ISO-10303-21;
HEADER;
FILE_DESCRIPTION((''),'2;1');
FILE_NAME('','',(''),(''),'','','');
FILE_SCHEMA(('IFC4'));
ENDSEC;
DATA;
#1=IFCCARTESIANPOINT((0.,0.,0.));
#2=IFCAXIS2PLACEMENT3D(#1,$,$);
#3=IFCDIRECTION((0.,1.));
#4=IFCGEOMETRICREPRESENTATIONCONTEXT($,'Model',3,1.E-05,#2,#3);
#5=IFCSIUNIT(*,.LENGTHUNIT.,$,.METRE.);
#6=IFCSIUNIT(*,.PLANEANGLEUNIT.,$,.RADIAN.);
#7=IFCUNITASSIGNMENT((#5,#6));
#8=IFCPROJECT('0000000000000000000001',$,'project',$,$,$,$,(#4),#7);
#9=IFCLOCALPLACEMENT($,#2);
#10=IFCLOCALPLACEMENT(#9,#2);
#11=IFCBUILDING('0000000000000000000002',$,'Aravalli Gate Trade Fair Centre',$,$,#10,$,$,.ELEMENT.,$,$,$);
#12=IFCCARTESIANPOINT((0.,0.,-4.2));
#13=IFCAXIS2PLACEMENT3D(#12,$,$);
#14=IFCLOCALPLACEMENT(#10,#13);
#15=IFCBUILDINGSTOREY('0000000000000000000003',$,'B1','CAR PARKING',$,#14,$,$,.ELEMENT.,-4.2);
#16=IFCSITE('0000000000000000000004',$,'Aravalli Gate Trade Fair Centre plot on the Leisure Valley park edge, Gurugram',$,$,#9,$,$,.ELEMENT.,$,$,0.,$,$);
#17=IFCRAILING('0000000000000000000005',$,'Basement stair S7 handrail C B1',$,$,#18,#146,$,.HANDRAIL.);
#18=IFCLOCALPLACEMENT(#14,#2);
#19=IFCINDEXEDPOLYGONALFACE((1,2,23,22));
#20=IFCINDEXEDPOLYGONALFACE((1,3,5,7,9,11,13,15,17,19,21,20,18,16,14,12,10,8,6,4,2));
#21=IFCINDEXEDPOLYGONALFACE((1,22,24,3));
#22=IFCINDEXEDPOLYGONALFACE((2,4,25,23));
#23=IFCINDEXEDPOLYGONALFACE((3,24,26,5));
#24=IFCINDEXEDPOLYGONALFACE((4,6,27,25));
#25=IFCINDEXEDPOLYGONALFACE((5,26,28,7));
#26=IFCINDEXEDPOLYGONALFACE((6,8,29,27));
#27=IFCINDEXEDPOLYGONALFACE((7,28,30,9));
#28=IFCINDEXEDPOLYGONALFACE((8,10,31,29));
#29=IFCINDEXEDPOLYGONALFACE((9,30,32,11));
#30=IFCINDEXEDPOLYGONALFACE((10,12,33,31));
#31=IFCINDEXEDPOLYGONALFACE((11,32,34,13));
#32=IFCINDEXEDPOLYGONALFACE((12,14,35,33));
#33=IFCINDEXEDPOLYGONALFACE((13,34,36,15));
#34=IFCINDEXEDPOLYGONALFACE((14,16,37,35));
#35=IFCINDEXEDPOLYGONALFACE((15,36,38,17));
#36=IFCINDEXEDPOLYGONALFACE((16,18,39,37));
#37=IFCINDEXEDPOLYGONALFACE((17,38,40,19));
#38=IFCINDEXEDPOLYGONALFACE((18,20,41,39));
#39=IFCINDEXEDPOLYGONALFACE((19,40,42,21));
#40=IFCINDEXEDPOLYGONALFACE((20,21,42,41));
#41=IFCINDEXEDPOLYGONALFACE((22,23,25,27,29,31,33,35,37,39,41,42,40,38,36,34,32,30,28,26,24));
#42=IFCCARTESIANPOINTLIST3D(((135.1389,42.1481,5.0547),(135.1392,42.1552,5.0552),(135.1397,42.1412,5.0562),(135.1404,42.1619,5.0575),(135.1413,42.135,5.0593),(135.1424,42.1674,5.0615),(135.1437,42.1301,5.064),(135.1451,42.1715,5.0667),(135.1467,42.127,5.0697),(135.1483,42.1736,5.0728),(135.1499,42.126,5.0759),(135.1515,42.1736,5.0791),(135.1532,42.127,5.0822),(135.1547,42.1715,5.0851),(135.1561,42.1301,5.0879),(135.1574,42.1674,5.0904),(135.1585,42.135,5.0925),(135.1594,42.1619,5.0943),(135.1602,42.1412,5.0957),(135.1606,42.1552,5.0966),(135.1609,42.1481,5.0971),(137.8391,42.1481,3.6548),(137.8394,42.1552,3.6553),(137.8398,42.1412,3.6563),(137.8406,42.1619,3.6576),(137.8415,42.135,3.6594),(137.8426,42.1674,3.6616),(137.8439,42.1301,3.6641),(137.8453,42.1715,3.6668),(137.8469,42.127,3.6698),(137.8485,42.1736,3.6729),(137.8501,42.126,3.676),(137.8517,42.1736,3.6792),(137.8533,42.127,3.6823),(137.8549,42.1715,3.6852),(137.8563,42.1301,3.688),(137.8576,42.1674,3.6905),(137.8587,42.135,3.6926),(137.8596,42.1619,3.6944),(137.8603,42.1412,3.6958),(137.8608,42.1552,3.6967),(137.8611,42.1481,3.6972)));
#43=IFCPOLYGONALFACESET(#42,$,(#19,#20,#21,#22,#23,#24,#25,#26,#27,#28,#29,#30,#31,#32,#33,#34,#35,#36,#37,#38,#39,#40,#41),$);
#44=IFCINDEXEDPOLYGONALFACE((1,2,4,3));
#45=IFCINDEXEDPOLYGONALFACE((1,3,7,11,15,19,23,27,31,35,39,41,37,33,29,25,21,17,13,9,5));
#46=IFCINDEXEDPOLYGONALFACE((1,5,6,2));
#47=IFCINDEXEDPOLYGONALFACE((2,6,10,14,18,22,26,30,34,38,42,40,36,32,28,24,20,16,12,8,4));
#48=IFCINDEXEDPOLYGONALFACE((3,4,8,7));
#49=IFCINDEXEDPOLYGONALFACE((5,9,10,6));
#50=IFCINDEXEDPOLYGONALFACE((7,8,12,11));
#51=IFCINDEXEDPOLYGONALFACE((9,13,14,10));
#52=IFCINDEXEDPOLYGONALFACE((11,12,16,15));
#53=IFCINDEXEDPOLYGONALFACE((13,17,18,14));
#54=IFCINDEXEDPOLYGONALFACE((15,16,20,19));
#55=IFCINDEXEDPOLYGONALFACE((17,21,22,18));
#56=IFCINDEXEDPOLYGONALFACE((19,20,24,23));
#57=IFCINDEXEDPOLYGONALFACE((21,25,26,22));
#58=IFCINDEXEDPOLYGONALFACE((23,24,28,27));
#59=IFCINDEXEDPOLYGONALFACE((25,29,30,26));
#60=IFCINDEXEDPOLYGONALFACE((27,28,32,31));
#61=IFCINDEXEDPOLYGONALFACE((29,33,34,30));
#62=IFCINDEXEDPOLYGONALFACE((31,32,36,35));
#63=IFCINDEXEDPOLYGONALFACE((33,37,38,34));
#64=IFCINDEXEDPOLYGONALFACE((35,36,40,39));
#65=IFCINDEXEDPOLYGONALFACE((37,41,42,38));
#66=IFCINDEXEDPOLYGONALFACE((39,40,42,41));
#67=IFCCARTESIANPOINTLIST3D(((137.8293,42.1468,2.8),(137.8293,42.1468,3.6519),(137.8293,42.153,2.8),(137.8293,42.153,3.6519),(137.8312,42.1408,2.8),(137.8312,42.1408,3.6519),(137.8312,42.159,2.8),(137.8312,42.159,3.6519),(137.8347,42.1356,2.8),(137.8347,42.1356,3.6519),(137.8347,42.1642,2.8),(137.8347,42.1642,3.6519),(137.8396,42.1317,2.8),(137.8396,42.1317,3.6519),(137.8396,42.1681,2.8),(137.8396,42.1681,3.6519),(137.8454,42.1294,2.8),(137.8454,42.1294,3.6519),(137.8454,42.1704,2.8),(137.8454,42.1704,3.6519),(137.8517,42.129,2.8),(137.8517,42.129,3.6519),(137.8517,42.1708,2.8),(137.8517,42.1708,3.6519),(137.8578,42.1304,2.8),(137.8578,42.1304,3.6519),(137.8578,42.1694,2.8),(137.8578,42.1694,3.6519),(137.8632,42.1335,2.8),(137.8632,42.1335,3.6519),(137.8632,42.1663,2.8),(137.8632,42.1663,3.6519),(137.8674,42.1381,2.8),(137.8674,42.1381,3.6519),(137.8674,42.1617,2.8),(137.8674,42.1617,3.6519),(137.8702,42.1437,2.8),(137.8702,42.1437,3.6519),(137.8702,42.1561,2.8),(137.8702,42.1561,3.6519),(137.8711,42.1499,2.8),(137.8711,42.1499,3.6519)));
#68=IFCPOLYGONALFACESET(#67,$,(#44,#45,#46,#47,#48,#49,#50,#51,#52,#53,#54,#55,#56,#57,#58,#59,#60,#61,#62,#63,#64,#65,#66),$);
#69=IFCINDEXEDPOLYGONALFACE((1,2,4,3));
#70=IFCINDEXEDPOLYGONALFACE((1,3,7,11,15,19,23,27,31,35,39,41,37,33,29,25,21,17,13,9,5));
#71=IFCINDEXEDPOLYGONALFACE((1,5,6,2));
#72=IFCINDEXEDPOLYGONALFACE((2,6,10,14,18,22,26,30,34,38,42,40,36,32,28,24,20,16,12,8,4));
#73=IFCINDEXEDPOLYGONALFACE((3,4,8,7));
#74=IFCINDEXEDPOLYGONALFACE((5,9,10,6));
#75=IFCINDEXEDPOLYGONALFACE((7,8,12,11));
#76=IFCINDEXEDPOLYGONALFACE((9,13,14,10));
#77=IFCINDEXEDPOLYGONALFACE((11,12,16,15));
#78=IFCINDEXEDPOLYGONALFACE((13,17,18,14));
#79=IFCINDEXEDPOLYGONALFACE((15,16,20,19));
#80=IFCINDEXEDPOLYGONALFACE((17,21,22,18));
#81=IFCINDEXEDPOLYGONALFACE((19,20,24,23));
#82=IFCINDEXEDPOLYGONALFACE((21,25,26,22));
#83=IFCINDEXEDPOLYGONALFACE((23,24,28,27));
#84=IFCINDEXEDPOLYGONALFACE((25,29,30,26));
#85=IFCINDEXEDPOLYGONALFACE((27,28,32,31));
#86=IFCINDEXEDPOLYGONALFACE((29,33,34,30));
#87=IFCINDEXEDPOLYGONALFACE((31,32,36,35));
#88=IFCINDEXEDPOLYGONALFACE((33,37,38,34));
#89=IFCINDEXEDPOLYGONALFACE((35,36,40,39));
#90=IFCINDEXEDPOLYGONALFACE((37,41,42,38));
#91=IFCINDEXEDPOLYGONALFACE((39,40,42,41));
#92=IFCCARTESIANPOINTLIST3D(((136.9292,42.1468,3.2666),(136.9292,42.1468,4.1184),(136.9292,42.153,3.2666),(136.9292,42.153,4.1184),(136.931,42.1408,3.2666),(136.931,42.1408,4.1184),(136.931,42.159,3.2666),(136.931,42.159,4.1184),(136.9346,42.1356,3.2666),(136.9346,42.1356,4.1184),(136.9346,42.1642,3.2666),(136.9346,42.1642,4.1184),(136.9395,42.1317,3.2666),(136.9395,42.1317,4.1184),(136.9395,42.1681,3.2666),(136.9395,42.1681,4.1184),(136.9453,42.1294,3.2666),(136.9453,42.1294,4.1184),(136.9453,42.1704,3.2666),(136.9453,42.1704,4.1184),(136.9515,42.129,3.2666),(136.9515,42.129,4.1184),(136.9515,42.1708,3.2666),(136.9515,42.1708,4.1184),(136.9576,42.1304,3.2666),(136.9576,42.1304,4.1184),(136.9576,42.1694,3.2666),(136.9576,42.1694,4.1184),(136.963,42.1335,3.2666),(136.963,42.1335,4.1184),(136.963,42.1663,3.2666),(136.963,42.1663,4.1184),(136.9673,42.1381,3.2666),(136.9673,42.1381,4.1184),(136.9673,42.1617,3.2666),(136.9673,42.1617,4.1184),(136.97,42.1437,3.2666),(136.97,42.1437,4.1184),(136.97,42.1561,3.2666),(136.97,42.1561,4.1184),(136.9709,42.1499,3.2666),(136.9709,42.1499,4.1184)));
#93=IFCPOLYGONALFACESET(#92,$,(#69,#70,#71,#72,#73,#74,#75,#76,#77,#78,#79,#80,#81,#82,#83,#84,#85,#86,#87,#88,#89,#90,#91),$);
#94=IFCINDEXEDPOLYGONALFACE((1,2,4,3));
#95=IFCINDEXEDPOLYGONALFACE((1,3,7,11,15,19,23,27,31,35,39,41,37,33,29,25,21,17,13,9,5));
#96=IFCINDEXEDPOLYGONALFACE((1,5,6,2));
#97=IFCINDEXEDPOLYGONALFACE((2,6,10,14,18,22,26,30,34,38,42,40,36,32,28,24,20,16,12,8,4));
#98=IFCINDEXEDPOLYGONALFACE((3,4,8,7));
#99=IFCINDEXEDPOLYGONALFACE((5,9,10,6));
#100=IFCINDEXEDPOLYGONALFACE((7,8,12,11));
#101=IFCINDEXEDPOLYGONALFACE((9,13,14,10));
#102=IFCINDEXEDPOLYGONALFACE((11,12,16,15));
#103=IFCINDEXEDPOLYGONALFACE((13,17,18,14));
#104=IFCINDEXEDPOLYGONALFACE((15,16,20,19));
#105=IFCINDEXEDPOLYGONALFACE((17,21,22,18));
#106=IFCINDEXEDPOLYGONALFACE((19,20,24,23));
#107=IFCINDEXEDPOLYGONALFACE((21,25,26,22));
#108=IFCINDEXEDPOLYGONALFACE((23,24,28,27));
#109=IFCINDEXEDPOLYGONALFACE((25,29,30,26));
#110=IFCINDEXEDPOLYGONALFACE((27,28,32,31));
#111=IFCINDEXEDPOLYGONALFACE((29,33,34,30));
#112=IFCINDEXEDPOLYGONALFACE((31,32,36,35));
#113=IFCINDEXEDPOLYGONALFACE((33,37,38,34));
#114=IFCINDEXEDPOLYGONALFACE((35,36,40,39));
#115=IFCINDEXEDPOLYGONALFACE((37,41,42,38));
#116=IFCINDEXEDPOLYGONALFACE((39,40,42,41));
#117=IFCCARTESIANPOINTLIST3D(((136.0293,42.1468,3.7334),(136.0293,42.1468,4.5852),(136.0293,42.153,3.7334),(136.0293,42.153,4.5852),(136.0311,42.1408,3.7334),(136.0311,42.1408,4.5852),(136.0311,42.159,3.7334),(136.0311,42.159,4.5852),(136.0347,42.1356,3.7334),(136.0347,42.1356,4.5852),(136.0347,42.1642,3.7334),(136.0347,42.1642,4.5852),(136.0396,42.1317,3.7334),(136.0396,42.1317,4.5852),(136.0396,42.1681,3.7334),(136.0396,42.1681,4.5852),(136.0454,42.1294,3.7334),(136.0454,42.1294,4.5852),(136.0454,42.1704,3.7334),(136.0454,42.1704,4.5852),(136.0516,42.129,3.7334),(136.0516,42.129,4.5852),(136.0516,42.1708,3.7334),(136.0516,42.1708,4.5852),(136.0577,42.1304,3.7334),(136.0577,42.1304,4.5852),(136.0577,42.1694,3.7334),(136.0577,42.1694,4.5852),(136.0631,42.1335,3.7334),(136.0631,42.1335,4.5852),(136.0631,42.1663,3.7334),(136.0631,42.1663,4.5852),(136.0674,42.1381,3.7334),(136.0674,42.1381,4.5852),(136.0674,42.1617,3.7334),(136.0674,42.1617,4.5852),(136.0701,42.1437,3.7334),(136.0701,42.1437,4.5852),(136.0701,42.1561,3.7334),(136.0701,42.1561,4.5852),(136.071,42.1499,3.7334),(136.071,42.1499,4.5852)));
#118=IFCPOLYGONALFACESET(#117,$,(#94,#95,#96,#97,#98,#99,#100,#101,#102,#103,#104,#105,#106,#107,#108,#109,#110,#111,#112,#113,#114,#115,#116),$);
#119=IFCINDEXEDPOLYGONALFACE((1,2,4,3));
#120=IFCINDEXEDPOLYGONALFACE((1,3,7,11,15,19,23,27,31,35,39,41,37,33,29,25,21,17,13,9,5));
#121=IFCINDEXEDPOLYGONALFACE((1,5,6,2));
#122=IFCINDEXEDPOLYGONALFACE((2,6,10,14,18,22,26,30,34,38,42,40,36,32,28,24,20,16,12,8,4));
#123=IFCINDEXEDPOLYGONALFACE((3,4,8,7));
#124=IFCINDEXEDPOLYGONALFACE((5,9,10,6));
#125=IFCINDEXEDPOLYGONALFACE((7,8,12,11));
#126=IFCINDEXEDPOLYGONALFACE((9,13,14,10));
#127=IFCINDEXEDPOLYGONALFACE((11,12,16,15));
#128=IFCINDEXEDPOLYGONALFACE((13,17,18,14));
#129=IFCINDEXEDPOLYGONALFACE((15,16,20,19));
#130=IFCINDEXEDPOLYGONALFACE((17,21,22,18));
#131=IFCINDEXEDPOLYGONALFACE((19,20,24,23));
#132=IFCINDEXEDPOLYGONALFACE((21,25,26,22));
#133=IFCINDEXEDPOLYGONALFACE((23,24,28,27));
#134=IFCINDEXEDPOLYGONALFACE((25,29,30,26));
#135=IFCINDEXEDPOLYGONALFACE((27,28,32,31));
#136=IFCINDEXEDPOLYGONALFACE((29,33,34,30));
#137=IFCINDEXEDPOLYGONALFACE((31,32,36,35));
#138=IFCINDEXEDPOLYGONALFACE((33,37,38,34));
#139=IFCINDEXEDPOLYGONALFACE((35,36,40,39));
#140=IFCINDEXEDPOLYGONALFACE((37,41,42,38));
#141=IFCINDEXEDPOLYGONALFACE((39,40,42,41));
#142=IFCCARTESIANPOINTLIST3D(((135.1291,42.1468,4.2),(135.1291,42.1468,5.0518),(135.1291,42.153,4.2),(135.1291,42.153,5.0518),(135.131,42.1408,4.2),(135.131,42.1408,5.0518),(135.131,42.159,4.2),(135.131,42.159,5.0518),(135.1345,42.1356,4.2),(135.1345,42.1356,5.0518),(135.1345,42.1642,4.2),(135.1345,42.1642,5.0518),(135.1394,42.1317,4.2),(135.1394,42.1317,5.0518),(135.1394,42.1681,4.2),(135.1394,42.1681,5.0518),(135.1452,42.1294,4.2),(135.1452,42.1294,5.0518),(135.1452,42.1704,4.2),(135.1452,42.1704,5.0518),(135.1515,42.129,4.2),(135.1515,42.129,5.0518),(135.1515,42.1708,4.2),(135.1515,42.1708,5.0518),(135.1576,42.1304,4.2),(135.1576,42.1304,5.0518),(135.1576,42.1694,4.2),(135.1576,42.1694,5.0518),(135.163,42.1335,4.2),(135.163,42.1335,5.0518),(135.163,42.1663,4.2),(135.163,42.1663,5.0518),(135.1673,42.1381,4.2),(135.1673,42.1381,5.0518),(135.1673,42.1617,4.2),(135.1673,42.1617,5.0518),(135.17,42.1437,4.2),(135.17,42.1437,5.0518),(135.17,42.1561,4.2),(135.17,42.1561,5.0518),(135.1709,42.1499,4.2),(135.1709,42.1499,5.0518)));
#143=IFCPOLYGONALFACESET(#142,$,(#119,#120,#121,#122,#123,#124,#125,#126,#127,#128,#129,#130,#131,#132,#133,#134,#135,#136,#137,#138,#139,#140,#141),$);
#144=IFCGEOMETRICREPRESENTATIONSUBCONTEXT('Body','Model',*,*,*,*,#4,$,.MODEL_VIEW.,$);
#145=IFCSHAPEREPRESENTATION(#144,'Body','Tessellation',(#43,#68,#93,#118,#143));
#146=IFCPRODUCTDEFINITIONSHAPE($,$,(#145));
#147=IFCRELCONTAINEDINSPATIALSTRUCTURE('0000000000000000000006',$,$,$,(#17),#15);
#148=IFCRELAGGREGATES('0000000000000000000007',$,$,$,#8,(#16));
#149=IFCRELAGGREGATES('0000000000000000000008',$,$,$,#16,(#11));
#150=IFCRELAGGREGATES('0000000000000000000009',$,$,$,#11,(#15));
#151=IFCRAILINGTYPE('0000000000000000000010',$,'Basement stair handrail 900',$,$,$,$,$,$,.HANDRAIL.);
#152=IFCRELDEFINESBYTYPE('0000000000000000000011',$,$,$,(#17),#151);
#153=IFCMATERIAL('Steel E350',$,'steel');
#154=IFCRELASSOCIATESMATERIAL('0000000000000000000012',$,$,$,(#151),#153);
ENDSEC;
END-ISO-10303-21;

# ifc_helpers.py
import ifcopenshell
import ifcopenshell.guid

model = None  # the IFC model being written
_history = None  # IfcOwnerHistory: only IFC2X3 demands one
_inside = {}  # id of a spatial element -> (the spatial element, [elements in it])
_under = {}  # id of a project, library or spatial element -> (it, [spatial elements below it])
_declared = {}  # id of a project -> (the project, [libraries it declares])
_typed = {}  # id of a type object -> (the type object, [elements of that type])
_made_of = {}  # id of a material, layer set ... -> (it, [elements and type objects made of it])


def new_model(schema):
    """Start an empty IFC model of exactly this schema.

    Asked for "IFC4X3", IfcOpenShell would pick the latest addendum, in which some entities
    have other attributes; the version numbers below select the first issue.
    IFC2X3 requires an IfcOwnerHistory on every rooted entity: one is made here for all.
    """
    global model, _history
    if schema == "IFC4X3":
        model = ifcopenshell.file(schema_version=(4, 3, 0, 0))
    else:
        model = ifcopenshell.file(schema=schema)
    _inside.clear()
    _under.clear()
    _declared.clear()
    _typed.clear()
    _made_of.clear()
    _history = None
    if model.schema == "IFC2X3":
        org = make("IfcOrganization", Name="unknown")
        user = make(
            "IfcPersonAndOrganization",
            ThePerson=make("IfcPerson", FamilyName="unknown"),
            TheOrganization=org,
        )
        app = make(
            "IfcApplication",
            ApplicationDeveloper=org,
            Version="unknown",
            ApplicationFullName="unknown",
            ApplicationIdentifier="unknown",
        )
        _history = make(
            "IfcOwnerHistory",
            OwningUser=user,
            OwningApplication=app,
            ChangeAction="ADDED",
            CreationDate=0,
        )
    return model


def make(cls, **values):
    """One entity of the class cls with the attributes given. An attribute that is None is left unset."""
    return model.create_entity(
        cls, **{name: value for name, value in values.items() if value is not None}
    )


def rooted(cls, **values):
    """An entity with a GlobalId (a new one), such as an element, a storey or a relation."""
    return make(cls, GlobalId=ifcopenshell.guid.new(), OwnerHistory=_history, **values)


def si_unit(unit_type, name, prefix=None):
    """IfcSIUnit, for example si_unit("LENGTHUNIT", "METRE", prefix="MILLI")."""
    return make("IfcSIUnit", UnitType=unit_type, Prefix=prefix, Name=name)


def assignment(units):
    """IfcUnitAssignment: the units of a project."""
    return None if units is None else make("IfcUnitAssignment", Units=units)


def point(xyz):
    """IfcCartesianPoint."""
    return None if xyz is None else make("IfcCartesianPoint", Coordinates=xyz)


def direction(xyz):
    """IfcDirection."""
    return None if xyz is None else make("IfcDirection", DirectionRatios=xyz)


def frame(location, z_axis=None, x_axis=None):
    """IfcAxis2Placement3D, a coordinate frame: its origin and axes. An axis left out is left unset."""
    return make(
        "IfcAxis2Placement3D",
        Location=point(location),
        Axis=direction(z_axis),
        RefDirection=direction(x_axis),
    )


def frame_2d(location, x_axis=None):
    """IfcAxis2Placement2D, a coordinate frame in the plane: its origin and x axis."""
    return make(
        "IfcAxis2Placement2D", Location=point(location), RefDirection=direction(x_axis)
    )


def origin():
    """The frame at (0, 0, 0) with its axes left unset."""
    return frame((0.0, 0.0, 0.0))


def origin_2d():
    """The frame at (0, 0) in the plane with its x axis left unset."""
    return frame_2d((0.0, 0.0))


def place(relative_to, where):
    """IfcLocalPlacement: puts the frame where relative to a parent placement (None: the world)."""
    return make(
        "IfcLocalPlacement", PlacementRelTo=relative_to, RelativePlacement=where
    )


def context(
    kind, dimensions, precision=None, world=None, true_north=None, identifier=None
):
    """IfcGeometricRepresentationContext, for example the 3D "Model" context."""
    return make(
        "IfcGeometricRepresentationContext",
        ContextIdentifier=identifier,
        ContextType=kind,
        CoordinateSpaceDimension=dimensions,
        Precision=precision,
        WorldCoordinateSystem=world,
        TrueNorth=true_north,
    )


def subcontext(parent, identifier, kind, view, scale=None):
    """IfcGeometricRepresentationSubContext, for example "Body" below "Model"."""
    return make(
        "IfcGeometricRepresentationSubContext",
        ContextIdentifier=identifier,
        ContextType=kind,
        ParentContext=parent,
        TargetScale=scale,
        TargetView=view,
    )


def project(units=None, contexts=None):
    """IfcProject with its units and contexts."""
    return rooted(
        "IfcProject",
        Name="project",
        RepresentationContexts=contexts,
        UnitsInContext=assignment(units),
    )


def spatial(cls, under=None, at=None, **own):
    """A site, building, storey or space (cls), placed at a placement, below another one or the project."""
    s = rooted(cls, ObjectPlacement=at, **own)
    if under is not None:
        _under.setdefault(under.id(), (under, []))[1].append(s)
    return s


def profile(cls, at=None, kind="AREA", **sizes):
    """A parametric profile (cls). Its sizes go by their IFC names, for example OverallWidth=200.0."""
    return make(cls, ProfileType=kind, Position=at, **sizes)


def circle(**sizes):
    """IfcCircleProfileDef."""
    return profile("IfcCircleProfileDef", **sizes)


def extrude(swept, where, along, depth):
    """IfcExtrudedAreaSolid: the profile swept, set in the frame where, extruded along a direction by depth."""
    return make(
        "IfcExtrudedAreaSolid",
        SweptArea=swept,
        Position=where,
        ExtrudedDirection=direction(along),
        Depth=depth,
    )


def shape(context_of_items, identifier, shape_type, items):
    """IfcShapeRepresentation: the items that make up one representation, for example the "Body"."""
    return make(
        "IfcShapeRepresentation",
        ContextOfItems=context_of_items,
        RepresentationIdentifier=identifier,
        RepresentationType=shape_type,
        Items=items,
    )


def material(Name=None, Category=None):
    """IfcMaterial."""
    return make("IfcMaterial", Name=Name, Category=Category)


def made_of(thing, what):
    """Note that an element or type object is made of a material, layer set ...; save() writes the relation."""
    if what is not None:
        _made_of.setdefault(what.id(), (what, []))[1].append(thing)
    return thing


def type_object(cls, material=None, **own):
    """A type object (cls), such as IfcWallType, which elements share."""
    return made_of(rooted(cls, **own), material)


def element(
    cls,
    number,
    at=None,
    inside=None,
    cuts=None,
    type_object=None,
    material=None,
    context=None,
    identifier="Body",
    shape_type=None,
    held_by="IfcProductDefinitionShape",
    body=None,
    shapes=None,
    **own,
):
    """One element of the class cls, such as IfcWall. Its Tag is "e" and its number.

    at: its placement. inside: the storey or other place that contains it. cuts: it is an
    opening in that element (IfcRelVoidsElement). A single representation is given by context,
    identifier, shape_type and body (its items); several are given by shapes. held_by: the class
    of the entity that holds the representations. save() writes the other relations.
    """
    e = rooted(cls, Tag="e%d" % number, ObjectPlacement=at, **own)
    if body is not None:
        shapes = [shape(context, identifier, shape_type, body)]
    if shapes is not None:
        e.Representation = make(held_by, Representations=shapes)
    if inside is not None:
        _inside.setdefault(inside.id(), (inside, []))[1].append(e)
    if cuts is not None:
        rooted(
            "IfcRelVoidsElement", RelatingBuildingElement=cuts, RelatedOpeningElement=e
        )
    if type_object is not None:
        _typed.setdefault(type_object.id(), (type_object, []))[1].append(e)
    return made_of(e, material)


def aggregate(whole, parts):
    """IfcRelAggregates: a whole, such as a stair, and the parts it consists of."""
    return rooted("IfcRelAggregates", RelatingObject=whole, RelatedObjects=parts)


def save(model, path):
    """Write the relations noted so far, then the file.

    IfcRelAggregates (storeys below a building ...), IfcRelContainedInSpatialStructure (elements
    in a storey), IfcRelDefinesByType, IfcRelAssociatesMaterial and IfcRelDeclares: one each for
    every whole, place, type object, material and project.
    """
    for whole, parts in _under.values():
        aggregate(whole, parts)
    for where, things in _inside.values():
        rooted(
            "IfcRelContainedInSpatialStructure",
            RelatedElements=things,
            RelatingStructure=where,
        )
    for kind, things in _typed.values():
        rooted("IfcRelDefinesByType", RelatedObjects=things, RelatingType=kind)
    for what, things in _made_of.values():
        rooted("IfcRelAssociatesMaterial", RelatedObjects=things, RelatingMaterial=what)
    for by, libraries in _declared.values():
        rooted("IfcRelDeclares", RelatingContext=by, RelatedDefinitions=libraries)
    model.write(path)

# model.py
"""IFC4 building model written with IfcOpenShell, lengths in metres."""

from ifc_helpers import new_model, si_unit, direction, frame, origin, origin_2d, place, context, subcontext, project, spatial, circle, extrude, material, type_object, element, save


model = new_model("IFC4")

# Units and contexts
model_context = context("Model", 3, precision=1e-05, world=origin(), true_north=direction((0.0, 1.0)))
body_context = subcontext(model_context, "Body", "Model", "MODEL_VIEW")
ifc_project = project(units=[si_unit("LENGTHUNIT", "METRE"), si_unit("PLANEANGLEUNIT", "RADIAN")], contexts=[model_context])

# Site, building, storey
site_placement = place(None, origin())
site = spatial("IfcSite", under=ifc_project, at=site_placement, Name="Aravalli Gate Trade Fair Centre plot on the Leisure Valley park edge, Gurugram", CompositionType="ELEMENT", RefElevation=0.0)
building_placement = place(site_placement, origin())
building = spatial("IfcBuilding", under=site, at=building_placement, Name="Aravalli Gate Trade Fair Centre", CompositionType="ELEMENT")
storey_placement = place(building_placement, frame((0.0, 0.0, -4.2)))
storey = spatial("IfcBuildingStorey", under=building, at=storey_placement, Name="B1", Description="CAR PARKING", CompositionType="ELEMENT", Elevation=-4.2)

# Railing
ifc_material_1 = material(Name="Steel E350", Category="steel")
railing_type_1 = type_object("IfcRailingType", Name="Basement stair handrail 900", PredefinedType="HANDRAIL", material=ifc_material_1)
railing_1_placement = place(storey_placement, frame((137.8501, 42.1499, 2.8)))
element("IfcRailing", 1, at=railing_1_placement, inside=storey, type_object=railing_type_1, Name="Basement stair S7 handrail C B1", PredefinedType="HANDRAIL", context=body_context, shape_type="SweptSolid", body=[
    extrude(circle(Radius=0.0239, at=origin_2d()), frame((0.0, 0.0, 0.876), z_axis=(-0.887781, 0.0, 0.460266), x_axis=(0.0, -1.0, 0.0)), (0.0, 0.0, 1.0), 3.0415),
    extrude(circle(Radius=0.021, at=origin_2d()), origin(), (0.0, 0.0, 1.0), 0.8518),
    extrude(circle(Radius=0.021, at=origin_2d()), frame((-0.9001, 0.0, 0.4666)), (0.0, 0.0, 1.0), 0.8518),
    extrude(circle(Radius=0.021, at=origin_2d()), frame((-1.8, 0.0, 0.9333)), (0.0, 0.0, 1.0), 0.8518),
    extrude(circle(Radius=0.021, at=origin_2d()), frame((-2.7002, 0.0, 1.3999)), (0.0, 0.0, 1.0), 0.8518),
])

save(model, "model.ifc")
